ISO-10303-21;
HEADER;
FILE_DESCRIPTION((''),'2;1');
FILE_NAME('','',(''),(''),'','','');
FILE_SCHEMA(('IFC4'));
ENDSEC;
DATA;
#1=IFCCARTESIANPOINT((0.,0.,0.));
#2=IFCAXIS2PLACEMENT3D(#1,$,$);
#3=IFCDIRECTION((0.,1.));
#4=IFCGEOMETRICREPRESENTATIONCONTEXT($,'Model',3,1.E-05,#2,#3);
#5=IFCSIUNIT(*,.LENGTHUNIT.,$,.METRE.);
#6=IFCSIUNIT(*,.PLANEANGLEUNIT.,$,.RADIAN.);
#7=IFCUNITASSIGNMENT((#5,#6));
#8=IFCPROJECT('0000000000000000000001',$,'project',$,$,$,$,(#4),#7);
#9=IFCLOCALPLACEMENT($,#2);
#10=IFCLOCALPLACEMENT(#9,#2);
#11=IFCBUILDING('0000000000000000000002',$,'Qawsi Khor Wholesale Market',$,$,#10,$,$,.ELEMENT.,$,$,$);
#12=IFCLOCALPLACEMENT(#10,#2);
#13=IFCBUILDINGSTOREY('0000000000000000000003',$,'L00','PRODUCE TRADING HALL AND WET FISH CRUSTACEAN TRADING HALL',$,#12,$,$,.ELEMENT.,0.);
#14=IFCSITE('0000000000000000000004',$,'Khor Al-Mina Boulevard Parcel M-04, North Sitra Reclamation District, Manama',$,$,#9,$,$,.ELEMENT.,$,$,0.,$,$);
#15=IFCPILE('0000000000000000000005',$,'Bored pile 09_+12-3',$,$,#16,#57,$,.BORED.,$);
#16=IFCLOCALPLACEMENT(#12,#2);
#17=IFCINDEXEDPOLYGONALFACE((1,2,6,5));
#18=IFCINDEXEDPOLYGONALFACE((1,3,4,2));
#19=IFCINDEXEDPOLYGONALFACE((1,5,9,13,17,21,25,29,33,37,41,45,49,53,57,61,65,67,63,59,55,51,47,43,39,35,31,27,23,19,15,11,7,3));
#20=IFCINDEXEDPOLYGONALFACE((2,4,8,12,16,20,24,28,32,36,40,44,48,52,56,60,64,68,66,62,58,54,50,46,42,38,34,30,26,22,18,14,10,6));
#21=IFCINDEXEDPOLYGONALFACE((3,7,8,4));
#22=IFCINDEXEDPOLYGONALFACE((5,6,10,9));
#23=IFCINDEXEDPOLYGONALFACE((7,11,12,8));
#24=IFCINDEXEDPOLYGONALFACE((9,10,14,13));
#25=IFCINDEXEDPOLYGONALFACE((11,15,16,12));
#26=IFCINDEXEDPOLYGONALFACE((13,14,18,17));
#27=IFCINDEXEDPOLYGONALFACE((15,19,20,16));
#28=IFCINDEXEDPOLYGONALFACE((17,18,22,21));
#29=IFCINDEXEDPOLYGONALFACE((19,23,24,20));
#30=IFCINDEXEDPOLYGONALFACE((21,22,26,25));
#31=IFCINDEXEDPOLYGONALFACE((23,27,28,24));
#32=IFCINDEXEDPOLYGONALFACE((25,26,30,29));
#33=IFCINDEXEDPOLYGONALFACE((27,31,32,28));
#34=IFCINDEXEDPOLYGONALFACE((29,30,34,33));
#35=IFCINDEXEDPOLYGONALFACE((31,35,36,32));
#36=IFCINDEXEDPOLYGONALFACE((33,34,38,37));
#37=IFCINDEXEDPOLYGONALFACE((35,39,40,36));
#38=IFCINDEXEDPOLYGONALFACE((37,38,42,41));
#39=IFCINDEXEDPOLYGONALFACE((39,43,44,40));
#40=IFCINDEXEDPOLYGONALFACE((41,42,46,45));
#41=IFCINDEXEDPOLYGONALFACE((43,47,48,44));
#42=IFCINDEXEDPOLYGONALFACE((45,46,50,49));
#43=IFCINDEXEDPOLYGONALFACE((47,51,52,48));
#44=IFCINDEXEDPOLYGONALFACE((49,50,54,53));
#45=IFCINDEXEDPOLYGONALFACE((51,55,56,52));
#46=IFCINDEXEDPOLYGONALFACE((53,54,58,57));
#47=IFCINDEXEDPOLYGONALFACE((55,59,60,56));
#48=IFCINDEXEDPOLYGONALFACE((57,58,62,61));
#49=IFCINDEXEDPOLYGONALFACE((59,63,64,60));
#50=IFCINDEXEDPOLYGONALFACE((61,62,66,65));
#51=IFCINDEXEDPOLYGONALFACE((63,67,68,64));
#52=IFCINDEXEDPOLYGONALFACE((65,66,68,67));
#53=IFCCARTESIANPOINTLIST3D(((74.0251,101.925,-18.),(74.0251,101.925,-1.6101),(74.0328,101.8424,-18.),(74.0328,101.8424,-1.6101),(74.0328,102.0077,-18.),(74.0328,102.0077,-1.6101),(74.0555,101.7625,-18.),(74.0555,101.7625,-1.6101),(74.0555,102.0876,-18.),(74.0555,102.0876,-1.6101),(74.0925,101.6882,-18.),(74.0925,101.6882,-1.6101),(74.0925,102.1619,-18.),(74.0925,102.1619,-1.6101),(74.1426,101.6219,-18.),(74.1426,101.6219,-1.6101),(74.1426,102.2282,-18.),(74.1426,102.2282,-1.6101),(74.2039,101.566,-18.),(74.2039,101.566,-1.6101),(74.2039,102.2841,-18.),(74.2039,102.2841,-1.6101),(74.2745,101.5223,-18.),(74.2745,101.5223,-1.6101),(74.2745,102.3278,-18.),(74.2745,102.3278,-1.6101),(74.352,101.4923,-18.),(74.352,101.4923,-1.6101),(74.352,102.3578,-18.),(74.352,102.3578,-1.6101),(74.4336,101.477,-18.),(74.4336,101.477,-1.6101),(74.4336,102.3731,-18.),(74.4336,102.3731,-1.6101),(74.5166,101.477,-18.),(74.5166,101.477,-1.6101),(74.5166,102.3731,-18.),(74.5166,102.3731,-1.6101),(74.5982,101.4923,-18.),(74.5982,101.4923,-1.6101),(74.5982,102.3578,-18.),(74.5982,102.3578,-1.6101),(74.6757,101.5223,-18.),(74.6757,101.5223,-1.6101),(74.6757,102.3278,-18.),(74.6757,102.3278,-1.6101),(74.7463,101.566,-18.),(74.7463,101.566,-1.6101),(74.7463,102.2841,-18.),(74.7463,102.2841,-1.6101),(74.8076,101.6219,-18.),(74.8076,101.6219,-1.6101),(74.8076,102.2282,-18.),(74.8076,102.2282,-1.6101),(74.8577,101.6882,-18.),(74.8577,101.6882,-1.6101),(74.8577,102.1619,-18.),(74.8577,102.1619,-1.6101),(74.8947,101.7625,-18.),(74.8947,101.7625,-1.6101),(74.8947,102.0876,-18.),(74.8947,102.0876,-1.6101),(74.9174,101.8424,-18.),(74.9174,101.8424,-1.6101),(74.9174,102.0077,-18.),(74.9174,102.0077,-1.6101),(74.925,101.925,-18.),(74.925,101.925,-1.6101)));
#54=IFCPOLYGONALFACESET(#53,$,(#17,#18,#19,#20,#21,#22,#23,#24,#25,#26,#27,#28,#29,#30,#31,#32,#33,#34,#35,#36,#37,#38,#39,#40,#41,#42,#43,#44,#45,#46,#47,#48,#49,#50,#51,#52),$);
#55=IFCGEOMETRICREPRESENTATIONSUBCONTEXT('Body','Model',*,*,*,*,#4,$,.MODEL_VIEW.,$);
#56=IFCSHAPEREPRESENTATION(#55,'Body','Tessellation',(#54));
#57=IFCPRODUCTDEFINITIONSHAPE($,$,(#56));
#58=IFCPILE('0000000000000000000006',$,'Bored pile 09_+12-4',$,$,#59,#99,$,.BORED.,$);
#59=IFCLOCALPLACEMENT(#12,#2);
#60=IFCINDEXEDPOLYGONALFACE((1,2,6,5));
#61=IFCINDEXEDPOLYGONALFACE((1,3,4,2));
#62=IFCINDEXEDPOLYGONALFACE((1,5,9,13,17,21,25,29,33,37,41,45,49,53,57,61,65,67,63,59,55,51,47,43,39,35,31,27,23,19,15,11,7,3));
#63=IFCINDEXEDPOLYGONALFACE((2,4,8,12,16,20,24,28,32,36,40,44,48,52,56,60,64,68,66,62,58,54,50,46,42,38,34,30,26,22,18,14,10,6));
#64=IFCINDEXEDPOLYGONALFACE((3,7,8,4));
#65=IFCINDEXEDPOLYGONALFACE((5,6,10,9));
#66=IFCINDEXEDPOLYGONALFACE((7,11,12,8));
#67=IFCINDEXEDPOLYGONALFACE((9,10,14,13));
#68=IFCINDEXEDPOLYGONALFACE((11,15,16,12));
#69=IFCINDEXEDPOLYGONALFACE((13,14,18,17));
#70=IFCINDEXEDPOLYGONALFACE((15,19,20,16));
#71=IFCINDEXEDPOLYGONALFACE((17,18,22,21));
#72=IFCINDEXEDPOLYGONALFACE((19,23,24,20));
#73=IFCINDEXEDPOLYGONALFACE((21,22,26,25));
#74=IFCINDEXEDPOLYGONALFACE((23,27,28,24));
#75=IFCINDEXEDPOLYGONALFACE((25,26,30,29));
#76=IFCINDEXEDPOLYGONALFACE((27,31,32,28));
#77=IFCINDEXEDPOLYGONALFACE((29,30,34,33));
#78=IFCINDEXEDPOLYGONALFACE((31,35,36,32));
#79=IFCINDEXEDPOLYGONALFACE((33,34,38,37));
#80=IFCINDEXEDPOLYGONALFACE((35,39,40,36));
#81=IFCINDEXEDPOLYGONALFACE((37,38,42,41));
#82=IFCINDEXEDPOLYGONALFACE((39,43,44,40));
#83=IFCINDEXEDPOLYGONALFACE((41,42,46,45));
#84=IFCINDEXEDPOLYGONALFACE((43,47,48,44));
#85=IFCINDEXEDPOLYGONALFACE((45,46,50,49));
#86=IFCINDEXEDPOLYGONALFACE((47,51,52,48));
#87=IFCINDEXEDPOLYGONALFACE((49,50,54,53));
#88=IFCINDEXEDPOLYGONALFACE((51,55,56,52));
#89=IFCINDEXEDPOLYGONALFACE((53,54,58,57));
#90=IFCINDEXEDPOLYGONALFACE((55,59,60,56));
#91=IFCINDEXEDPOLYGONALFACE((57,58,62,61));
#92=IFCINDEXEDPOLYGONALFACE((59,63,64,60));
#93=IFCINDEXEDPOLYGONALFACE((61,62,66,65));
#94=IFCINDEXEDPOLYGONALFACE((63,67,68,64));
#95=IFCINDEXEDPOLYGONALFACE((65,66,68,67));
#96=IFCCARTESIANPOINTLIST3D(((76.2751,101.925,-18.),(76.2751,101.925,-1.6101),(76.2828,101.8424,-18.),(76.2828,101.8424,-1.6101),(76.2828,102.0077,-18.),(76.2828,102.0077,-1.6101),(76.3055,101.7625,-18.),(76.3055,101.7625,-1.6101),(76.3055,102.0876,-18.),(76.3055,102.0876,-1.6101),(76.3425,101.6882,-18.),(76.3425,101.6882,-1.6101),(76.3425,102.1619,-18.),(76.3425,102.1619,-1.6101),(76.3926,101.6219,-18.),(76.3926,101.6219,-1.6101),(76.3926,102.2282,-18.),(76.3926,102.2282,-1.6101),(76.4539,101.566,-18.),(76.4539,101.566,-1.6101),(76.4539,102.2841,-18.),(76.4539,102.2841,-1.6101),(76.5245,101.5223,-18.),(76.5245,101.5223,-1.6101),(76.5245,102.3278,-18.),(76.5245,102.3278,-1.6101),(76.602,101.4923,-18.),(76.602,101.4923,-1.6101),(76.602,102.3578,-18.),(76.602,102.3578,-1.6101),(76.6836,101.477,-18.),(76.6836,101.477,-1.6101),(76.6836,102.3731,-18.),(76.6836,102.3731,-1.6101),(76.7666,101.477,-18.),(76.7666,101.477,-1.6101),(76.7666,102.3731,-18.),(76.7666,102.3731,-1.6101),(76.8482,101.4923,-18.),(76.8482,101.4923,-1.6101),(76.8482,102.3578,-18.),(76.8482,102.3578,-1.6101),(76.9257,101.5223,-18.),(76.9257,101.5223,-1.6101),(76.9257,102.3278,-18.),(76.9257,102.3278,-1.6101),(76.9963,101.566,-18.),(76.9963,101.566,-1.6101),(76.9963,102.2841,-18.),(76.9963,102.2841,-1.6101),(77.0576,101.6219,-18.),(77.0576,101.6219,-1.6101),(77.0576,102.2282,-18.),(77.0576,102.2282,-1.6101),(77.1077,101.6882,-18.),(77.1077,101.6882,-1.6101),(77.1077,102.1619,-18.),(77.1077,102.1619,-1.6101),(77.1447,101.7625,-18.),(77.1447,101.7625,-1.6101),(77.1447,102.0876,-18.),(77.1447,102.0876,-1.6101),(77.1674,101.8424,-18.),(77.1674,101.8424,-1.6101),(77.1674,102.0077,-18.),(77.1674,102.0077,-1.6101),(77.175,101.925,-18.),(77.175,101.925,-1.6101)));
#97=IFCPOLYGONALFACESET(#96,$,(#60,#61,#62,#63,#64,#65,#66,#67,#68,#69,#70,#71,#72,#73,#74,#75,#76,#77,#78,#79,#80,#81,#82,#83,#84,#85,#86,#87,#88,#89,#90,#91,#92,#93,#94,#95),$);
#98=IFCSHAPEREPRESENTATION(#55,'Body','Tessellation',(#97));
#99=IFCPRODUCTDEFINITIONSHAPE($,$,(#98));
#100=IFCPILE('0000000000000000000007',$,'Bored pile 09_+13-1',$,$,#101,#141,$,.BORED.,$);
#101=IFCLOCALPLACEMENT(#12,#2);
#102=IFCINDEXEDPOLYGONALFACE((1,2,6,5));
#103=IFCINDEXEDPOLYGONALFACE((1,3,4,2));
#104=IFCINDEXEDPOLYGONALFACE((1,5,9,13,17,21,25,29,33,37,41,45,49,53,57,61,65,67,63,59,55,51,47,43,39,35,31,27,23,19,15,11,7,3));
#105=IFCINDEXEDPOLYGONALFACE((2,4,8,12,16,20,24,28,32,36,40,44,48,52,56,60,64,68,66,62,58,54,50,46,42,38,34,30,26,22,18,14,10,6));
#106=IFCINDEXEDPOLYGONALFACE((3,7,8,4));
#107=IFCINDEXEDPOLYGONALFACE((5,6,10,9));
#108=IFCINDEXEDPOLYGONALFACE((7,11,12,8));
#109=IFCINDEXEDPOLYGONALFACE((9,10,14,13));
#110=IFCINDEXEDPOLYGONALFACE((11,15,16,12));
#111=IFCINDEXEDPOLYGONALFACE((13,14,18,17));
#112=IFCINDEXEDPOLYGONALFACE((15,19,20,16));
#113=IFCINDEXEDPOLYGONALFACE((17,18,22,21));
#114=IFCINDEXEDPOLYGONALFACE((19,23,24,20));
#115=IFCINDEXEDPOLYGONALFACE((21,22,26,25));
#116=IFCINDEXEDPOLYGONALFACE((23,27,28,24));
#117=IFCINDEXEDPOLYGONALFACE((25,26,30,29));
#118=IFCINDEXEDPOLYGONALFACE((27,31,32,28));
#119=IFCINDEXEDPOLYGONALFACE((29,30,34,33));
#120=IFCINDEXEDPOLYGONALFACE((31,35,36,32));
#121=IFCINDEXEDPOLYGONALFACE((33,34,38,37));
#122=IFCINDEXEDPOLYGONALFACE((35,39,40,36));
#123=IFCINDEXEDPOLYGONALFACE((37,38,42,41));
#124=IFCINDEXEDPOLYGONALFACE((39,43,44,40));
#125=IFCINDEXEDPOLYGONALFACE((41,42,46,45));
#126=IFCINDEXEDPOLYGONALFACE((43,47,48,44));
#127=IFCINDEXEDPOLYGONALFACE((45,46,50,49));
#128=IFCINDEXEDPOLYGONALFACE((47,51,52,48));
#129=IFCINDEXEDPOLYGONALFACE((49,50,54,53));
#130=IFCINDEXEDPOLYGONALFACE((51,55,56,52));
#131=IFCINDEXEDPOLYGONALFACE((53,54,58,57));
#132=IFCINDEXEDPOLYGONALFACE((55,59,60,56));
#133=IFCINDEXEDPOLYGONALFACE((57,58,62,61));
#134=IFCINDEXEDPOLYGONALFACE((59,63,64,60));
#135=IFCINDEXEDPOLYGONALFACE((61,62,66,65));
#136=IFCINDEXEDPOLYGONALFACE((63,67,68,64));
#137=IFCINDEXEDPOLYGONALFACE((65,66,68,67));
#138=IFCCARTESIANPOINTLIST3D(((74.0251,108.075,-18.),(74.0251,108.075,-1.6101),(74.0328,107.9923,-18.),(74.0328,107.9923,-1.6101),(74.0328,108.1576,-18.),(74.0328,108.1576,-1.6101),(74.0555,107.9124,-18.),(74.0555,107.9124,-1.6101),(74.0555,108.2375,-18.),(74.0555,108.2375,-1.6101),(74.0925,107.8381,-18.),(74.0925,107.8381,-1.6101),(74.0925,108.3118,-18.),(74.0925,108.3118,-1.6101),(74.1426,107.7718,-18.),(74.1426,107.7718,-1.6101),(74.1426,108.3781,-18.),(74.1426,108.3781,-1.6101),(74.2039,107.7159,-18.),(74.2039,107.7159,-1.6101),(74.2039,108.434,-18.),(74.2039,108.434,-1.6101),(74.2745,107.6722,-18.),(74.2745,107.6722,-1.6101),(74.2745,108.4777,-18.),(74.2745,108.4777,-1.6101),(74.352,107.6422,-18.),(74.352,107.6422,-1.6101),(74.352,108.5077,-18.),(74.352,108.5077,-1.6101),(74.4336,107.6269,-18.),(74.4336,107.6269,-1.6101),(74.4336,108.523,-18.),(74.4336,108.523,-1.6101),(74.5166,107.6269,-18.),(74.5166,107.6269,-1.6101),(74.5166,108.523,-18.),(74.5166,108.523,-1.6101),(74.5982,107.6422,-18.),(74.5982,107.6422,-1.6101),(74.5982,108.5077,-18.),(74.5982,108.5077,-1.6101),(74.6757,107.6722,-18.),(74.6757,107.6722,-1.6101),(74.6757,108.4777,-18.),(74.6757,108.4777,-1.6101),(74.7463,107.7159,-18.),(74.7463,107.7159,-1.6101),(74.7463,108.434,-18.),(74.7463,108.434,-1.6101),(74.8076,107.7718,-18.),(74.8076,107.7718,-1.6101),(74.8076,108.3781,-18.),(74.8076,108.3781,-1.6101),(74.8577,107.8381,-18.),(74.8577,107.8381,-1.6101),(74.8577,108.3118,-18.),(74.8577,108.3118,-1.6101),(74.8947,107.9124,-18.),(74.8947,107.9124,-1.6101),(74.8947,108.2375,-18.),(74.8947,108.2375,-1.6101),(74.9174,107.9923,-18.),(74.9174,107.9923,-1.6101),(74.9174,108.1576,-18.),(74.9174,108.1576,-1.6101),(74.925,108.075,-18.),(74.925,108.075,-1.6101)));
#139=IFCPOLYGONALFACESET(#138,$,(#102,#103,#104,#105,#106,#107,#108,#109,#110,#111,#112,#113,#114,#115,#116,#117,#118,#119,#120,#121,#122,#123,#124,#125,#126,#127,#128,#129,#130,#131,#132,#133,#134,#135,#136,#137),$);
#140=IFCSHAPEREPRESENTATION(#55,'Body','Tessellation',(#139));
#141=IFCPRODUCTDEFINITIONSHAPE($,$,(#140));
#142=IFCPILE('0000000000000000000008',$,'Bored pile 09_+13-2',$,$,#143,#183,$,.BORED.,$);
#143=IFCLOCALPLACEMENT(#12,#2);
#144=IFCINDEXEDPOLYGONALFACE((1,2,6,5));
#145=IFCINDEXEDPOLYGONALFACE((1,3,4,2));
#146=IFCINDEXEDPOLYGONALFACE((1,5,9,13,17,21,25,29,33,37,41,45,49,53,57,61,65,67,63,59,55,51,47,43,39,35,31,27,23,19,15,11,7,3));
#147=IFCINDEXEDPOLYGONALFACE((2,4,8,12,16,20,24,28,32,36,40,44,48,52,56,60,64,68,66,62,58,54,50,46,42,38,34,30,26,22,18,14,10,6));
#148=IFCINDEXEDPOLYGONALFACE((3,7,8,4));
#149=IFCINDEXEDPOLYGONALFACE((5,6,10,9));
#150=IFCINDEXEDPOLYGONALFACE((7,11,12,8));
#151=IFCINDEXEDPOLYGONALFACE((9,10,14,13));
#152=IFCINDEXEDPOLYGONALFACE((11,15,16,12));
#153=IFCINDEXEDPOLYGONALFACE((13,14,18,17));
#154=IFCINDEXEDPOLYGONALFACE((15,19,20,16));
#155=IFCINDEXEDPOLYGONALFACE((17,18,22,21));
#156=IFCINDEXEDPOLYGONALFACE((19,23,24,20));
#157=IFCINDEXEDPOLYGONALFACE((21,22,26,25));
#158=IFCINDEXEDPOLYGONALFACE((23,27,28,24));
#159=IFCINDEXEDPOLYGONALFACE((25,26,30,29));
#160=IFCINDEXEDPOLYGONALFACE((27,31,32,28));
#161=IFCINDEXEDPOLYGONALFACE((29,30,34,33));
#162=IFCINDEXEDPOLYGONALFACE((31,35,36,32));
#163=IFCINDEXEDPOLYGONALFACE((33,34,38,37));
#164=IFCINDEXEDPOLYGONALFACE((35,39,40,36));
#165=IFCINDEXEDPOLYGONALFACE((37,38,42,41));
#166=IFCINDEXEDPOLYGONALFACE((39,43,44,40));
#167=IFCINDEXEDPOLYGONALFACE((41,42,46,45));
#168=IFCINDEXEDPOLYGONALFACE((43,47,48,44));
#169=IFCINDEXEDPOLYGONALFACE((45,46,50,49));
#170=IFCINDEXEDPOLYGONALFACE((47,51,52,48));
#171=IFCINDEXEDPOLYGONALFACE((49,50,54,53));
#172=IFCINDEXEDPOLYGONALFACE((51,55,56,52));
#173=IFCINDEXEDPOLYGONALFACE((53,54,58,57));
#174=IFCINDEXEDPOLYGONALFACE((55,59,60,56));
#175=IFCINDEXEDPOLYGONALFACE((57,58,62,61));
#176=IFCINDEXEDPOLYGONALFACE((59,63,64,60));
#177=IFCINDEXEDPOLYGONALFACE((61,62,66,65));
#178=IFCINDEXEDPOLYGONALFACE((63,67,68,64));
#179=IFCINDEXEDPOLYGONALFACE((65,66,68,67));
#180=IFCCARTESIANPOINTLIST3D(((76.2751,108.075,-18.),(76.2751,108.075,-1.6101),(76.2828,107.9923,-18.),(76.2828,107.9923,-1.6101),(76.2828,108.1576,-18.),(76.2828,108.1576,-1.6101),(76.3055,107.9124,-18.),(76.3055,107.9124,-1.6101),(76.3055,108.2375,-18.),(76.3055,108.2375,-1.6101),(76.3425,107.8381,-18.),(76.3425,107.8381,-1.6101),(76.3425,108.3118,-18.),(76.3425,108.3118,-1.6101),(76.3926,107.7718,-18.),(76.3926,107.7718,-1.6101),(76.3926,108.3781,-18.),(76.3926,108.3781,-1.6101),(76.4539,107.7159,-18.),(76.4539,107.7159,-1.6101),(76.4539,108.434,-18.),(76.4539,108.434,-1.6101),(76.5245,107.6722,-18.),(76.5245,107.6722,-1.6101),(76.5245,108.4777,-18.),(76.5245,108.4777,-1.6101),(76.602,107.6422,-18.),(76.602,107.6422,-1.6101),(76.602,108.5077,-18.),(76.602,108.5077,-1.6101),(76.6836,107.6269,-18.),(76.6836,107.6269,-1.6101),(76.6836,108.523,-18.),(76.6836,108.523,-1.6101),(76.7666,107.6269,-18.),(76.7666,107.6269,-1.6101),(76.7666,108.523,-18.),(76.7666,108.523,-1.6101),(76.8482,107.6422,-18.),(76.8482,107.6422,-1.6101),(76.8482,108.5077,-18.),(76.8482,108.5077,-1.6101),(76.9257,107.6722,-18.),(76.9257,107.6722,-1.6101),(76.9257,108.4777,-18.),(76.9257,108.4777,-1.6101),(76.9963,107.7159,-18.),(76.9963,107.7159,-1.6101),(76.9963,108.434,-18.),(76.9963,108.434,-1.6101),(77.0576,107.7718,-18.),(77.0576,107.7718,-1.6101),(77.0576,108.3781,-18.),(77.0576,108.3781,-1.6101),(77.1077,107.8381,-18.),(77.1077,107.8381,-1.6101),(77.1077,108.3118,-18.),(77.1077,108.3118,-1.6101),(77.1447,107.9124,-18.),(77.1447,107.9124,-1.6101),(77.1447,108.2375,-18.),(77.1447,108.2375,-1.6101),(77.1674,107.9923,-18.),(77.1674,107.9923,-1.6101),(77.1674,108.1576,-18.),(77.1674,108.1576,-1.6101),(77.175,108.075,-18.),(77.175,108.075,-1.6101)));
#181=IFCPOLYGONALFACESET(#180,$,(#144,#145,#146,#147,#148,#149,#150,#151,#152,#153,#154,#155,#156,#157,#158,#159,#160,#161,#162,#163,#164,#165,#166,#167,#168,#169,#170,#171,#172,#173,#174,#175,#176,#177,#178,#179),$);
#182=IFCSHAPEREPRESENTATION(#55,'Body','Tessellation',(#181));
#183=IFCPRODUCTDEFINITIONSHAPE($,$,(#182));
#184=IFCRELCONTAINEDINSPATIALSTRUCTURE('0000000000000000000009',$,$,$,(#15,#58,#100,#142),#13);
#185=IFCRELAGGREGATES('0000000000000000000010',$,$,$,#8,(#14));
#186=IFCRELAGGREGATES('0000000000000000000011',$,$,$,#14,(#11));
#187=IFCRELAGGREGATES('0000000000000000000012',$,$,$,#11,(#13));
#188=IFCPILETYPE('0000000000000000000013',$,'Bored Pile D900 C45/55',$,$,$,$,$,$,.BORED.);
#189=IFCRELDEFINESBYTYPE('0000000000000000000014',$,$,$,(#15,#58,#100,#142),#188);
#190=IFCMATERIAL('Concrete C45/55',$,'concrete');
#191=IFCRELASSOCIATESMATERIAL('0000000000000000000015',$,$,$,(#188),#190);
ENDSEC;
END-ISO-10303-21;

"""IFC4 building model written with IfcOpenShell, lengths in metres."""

from ifc_helpers import new_model, si_unit, direction, frame, origin, origin_2d, place, context, subcontext, project, spatial, circle, extrude, material, material_profile, profile_set, type_object, element, save


model = new_model("IFC4")

# Units and contexts
model_context = context("Model", 3, precision=1e-05, world=origin(), true_north=direction((0.0, 1.0)))
body_context = subcontext(model_context, "Body", "Model", "MODEL_VIEW")
ifc_project = project(units=[si_unit("LENGTHUNIT", "METRE"), si_unit("PLANEANGLEUNIT", "RADIAN")], contexts=[model_context])

# Site, building, storey
site_placement = place(None, origin())
site = spatial("IfcSite", under=ifc_project, at=site_placement, Name="Khor Al-Mina Boulevard Parcel M-04, North Sitra Reclamation District, Manama", CompositionType="ELEMENT", RefElevation=0.0)
building_placement = place(site_placement, origin())
building = spatial("IfcBuilding", under=site, at=building_placement, Name="Qawsi Khor Wholesale Market", CompositionType="ELEMENT")
storey_placement = place(building_placement, origin())
storey = spatial("IfcBuildingStorey", under=building, at=storey_placement, Name="L00", Description="PRODUCE TRADING HALL AND WET FISH CRUSTACEAN TRADING HALL", CompositionType="ELEMENT", Elevation=0.0)

# Piles
ifc_material_1 = material(Name="Concrete C45/55", Category="concrete")
ifc_material_profile_1 = material_profile(ifc_material_1, circle(Radius=0.45, at=origin_2d()), Name="PILE D900")
ifc_profile_set_1 = profile_set([ifc_material_profile_1], Name="Concrete C45/55")
pile_type = type_object("IfcPileType", Name="Bored Pile D900 C45/55", PredefinedType="BORED", material=ifc_profile_set_1)
for number, where, z_axis, x_axis, name in (
    (1, (74.4751, 101.925, -1.6101), (0.0, 0.0, -1.0), (1.0, 0.0, 0.0), "Bored pile 09_+12-3"),
    (2, (76.7251, 101.925, -1.6101), (0.0, 0.0, -1.0), (1.0, 0.0, 0.0), "Bored pile 09_+12-4"),
    (3, (74.4751, 108.075, -1.6101), (0.0, 0.0, -1.0), (1.0, 0.0, 0.0), "Bored pile 09_+13-1"),
    (4, (76.7251, 108.075, -1.6101), (0.0, 0.0, -1.0), (1.0, 0.0, 0.0), "Bored pile 09_+13-2"),
):
    element("IfcPile", number, at=place(storey_placement, frame(where, z_axis=z_axis, x_axis=x_axis)), inside=storey, type_object=pile_type, Name=name, PredefinedType="BORED", context=body_context, shape_type="SweptSolid", body=[
        extrude(circle(Radius=0.45, at=origin_2d()), origin(), (0.0, 0.0, 1.0), 16.3899),
    ])

save(model, "model.ifc")
